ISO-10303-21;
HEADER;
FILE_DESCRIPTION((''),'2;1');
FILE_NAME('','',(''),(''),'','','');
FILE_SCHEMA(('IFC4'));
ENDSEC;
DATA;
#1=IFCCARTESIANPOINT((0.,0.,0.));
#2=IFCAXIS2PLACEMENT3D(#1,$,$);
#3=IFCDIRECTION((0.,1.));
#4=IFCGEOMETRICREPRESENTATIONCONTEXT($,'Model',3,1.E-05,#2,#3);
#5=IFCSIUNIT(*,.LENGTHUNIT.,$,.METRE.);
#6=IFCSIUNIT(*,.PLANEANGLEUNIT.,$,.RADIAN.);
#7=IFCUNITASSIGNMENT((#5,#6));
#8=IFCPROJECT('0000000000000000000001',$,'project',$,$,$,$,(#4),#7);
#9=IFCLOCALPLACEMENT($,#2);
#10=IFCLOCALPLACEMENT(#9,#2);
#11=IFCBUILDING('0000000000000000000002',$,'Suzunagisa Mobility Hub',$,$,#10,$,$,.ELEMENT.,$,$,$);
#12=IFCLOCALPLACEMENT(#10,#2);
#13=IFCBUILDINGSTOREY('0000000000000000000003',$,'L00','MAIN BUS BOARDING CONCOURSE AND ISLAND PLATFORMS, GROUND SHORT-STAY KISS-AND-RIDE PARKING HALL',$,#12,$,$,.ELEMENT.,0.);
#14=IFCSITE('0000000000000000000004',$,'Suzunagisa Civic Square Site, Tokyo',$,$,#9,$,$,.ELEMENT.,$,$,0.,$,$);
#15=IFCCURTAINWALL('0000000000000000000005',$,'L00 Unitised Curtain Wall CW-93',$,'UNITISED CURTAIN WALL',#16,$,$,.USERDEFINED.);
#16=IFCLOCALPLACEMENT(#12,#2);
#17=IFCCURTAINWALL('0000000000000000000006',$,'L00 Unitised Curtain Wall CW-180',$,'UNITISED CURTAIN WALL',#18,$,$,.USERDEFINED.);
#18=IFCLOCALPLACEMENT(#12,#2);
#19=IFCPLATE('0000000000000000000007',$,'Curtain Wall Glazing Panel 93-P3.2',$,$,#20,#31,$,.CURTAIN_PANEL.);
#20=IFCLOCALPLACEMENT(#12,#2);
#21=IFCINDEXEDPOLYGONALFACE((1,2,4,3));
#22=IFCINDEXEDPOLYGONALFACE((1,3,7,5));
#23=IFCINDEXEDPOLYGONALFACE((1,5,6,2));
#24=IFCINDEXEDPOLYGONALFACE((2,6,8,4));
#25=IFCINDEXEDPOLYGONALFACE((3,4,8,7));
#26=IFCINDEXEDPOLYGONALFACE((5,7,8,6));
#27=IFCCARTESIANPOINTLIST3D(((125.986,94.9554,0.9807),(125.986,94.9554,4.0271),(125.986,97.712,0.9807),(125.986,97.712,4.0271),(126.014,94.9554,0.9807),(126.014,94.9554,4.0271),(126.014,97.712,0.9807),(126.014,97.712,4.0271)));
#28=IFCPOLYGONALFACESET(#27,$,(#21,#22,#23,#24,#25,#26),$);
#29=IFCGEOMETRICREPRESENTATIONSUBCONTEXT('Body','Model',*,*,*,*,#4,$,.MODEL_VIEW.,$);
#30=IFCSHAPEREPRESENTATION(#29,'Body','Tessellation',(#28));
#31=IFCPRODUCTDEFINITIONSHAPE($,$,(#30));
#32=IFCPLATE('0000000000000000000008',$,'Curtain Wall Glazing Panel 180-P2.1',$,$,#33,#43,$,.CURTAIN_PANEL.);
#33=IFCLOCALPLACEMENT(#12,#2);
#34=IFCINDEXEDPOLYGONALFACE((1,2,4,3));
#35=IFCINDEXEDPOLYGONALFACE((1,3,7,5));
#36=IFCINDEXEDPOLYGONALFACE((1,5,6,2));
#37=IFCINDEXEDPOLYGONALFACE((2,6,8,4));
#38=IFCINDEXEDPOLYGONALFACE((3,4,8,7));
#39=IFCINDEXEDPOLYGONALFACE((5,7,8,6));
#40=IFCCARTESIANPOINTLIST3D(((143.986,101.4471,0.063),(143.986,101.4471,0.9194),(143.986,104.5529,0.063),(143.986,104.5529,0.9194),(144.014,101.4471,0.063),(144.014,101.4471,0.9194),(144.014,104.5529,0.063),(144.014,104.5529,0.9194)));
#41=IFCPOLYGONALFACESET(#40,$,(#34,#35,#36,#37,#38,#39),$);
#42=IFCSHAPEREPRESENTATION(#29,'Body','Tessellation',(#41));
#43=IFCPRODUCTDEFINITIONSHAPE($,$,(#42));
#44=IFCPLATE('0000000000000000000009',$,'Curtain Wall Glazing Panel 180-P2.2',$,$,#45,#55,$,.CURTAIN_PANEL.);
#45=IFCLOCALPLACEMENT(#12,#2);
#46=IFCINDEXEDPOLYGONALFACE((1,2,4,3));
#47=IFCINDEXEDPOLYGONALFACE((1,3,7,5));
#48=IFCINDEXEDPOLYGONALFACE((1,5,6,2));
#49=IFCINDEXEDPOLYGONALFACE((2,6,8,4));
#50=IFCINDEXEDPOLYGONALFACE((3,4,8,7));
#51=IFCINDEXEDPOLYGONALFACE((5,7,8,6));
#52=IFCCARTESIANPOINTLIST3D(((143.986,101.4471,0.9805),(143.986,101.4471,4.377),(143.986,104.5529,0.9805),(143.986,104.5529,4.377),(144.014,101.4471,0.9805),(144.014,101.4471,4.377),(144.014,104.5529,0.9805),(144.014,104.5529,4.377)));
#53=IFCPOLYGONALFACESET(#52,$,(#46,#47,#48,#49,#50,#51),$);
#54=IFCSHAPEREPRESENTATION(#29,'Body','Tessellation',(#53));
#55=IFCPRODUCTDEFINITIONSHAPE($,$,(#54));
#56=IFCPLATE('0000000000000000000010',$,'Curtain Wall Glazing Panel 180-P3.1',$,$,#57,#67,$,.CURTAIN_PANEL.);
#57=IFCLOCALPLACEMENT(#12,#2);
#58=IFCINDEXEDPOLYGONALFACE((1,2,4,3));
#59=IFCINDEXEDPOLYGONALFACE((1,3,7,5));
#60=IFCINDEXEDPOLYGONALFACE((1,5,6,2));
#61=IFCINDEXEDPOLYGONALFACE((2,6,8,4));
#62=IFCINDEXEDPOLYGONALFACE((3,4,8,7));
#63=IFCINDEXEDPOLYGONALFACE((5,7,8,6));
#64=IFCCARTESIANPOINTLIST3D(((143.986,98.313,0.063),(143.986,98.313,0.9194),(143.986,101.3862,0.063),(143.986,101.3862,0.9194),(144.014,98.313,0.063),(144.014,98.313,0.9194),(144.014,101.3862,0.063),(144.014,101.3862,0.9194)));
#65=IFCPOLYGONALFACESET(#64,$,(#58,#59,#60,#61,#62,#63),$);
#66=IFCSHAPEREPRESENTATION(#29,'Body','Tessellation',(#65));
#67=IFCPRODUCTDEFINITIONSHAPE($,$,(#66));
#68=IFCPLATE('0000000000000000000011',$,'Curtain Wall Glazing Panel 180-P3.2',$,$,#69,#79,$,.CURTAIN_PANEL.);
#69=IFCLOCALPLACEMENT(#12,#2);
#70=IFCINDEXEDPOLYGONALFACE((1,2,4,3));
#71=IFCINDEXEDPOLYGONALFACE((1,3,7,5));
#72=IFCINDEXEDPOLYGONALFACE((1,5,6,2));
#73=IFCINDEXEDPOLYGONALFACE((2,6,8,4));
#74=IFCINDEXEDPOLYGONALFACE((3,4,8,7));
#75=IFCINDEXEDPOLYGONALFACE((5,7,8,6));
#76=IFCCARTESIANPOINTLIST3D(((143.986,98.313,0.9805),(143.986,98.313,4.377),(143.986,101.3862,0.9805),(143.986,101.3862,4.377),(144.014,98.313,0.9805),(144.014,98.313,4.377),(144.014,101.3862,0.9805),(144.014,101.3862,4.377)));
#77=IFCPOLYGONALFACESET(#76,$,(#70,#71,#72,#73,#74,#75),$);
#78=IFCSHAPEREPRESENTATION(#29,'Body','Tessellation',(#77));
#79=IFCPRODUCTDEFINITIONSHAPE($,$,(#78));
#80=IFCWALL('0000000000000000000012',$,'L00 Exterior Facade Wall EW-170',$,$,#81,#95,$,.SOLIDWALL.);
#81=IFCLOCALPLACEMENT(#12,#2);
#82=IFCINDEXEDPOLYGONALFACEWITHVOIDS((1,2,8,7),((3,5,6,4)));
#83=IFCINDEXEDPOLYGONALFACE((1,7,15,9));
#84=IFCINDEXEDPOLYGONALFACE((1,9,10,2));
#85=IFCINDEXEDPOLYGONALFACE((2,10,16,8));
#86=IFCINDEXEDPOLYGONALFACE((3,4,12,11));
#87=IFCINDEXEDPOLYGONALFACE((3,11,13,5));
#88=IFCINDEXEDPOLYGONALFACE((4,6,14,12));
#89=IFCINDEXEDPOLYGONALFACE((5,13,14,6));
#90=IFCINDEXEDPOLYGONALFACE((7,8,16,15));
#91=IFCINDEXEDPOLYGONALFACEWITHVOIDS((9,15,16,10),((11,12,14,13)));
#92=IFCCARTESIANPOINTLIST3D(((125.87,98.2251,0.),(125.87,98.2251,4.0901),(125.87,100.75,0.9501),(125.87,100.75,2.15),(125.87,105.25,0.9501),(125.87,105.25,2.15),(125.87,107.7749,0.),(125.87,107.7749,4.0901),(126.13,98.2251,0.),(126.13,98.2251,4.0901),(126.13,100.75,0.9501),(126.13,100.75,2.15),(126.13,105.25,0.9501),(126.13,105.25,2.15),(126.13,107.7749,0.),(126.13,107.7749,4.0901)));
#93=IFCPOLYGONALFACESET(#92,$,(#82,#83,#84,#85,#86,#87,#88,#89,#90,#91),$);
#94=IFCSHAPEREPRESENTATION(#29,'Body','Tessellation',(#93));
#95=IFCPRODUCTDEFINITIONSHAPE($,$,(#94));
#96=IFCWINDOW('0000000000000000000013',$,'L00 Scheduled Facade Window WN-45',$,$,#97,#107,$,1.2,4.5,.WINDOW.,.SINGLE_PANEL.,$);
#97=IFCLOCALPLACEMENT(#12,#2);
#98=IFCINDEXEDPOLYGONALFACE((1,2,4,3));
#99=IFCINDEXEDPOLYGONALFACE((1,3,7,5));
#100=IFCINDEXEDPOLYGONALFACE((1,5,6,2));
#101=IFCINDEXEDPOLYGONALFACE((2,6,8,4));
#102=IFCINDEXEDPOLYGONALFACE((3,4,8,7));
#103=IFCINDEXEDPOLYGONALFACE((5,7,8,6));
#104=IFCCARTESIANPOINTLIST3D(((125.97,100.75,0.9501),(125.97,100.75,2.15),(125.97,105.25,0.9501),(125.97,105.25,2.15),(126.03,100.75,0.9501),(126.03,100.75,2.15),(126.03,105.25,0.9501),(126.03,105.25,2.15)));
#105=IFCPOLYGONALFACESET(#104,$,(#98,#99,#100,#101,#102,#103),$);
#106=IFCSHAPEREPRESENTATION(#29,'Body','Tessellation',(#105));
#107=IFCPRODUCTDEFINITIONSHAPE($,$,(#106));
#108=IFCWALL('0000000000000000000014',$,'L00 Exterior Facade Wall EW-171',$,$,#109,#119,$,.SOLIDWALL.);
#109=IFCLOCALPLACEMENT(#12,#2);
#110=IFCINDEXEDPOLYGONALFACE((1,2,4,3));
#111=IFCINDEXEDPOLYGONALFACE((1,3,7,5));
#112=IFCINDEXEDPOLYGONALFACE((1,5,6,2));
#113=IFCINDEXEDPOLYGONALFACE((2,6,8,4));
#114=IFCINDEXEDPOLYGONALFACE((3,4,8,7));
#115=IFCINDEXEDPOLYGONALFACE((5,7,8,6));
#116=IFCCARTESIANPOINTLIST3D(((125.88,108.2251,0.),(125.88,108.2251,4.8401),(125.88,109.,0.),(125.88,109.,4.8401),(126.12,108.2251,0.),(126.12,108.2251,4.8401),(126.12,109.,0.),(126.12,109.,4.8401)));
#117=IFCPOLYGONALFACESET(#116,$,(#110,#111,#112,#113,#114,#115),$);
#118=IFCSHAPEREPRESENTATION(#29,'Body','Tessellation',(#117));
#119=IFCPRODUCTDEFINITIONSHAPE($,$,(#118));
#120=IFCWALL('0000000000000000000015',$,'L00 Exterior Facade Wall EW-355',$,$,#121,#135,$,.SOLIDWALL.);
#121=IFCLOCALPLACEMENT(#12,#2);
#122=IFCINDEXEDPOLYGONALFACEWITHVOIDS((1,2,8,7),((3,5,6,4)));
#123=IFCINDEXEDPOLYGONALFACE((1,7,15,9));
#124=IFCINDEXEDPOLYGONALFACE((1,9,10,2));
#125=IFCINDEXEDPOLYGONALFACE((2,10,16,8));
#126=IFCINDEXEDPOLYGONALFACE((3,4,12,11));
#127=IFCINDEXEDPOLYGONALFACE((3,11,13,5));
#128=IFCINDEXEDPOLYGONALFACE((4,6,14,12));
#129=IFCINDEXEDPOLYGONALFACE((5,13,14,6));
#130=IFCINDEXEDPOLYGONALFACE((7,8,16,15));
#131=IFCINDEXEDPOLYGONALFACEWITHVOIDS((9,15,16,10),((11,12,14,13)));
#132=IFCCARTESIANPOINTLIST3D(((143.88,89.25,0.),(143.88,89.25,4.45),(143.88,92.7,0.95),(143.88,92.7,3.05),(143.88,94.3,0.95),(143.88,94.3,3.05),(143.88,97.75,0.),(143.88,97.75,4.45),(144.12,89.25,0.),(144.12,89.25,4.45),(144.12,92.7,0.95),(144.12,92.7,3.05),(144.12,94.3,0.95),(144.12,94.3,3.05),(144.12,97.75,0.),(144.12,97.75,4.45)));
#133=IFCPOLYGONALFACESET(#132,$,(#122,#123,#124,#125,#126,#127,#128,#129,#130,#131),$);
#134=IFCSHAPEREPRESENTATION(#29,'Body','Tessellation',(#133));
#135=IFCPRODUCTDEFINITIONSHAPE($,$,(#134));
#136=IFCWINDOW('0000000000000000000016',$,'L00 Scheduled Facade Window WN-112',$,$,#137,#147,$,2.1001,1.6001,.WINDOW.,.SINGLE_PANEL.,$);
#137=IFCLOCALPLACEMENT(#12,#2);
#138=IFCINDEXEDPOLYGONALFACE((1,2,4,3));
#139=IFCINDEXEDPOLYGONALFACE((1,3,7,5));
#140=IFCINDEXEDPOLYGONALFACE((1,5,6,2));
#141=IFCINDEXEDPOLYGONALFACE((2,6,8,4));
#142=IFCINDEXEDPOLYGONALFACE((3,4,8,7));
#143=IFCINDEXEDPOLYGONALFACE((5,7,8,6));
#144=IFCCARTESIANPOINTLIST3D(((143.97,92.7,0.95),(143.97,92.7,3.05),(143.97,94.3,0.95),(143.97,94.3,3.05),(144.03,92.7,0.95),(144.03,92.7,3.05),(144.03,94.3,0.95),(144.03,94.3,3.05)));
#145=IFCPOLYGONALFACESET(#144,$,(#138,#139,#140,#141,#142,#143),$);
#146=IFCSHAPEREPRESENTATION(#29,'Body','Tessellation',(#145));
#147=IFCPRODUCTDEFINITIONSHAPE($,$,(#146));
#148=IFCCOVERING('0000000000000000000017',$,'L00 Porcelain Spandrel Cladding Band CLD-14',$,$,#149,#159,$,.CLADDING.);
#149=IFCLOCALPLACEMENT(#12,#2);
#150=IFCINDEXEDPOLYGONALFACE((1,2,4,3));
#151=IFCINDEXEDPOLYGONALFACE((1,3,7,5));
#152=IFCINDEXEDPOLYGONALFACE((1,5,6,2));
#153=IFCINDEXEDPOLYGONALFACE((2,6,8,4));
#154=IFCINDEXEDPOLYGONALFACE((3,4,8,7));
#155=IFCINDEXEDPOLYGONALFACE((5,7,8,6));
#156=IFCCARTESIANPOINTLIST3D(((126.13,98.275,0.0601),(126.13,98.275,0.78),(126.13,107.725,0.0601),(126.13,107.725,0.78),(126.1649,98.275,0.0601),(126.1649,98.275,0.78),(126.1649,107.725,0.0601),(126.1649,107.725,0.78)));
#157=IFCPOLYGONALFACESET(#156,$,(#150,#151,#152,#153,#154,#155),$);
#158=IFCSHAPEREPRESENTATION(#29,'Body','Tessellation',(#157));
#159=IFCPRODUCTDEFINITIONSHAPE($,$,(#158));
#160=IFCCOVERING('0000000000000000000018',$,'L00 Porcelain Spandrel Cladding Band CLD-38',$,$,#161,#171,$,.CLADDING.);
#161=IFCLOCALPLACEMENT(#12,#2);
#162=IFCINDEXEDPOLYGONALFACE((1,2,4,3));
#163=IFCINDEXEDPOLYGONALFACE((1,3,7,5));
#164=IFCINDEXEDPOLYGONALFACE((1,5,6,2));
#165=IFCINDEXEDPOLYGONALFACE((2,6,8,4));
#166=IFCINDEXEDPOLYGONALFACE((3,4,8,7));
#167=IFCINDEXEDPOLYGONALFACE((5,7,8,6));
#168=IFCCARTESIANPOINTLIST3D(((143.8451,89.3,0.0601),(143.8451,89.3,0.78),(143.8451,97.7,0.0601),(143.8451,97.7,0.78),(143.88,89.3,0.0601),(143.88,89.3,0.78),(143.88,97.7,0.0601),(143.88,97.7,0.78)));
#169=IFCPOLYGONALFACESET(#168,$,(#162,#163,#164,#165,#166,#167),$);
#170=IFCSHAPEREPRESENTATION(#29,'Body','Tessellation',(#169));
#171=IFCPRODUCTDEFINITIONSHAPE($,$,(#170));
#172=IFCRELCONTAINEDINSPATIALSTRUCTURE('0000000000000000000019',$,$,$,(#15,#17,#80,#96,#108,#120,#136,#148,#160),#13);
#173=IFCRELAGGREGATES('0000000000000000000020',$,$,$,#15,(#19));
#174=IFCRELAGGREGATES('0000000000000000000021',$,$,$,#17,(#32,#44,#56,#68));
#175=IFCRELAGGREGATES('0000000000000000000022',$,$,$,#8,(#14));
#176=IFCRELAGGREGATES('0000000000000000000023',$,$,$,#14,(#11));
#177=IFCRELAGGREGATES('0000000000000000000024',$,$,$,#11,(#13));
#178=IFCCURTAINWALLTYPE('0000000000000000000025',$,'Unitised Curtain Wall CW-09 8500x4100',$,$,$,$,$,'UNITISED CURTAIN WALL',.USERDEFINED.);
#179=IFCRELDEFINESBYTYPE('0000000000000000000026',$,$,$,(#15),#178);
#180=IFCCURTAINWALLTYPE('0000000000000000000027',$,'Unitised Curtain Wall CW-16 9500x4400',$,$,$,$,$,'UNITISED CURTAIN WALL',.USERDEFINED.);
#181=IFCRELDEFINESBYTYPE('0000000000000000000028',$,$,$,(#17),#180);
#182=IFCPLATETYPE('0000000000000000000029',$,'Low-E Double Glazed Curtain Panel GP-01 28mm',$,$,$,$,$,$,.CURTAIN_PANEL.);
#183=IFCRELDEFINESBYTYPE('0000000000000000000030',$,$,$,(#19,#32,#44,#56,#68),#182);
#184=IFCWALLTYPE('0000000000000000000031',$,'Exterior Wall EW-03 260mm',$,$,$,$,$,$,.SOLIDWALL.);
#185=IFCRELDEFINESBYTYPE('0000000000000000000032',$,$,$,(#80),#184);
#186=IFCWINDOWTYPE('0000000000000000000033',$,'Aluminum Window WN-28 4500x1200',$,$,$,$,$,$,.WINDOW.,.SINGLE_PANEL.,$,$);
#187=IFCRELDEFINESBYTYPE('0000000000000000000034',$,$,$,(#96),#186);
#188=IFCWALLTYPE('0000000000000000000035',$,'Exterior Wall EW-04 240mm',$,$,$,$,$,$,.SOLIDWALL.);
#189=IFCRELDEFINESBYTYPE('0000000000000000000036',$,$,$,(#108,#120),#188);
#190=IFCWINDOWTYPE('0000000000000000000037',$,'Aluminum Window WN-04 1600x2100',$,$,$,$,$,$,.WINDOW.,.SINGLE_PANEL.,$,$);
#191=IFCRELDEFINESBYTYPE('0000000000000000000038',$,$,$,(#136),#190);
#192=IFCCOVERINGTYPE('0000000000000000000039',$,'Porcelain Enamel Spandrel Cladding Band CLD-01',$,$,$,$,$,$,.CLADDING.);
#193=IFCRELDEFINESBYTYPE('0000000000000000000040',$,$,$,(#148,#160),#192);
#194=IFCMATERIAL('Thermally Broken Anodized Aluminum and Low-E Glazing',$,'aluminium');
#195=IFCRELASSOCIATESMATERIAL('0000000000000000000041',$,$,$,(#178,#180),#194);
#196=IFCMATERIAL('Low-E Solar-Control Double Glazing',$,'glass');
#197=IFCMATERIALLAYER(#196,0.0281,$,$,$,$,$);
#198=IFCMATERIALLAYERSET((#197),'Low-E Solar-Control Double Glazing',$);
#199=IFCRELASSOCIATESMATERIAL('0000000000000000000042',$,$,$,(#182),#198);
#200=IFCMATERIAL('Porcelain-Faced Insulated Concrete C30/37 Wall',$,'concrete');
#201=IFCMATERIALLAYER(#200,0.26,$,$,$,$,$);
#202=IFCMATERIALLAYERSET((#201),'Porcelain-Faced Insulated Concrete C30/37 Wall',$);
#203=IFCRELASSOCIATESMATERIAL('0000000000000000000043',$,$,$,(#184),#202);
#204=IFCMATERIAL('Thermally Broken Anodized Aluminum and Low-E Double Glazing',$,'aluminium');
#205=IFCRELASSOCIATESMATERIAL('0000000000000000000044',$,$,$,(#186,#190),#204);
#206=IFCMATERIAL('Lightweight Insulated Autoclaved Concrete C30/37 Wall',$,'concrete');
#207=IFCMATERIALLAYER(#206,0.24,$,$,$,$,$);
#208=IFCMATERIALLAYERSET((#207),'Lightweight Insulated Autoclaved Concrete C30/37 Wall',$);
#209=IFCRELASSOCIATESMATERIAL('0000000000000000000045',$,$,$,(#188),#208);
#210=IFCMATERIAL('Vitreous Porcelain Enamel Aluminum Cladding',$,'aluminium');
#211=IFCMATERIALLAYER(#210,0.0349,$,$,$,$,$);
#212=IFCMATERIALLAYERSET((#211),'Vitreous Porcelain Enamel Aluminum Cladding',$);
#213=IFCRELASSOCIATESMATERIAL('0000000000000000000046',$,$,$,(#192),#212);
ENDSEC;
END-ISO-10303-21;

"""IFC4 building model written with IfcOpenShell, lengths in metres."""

from ifc_helpers import new_model, si_unit, direction, frame, frame_2d, origin, origin_2d, place, context, subcontext, project, spatial, rectangle, extrude, material, layer, layer_set, type_object, element, fill, aggregate, save


model = new_model("IFC4")

# Units and contexts
model_context = context("Model", 3, precision=1e-05, world=origin(), true_north=direction((0.0, 1.0)))
body_context = subcontext(model_context, "Body", "Model", "MODEL_VIEW")
ifc_project = project(units=[si_unit("LENGTHUNIT", "METRE"), si_unit("PLANEANGLEUNIT", "RADIAN")], contexts=[model_context])

# Site, building, storey
site_placement = place(None, origin())
site = spatial("IfcSite", under=ifc_project, at=site_placement, Name="Suzunagisa Civic Square Site, Tokyo", CompositionType="ELEMENT", RefElevation=0.0)
building_placement = place(site_placement, origin())
building = spatial("IfcBuilding", under=site, at=building_placement, Name="Suzunagisa Mobility Hub", CompositionType="ELEMENT")
storey_placement = place(building_placement, origin())
storey = spatial("IfcBuildingStorey", under=building, at=storey_placement, Name="L00", Description="MAIN BUS BOARDING CONCOURSE AND ISLAND PLATFORMS, GROUND SHORT-STAY KISS-AND-RIDE PARKING HALL", CompositionType="ELEMENT", Elevation=0.0)

# Curtain walls
ifc_material_1 = material(Name="Thermally Broken Anodized Aluminum and Low-E Glazing", Category="aluminium")
curtain_wall_type_1 = type_object("IfcCurtainWallType", Name="Unitised Curtain Wall CW-09 8500x4100", ElementType="UNITISED CURTAIN WALL", PredefinedType="USERDEFINED", material=ifc_material_1)
curtain_wall_1_placement = place(storey_placement, origin())
curtain_wall_1 = element("IfcCurtainWall", 1, at=curtain_wall_1_placement, inside=storey, type_object=curtain_wall_type_1, Name="L00 Unitised Curtain Wall CW-93", ObjectType="UNITISED CURTAIN WALL", PredefinedType="USERDEFINED")
curtain_wall_type_2 = type_object("IfcCurtainWallType", Name="Unitised Curtain Wall CW-16 9500x4400", ElementType="UNITISED CURTAIN WALL", PredefinedType="USERDEFINED", material=ifc_material_1)
curtain_wall_2_placement = place(storey_placement, origin())
curtain_wall_2 = element("IfcCurtainWall", 2, at=curtain_wall_2_placement, inside=storey, type_object=curtain_wall_type_2, Name="L00 Unitised Curtain Wall CW-180", ObjectType="UNITISED CURTAIN WALL", PredefinedType="USERDEFINED")

# Plates
ifc_material_2 = material(Name="Low-E Solar-Control Double Glazing", Category="glass")
ifc_layer_1 = layer(ifc_material_2, 0.0281)
ifc_layer_set_1 = layer_set([ifc_layer_1], Name="Low-E Solar-Control Double Glazing")
plate_type = type_object("IfcPlateType", Name="Low-E Double Glazed Curtain Panel GP-01 28mm", PredefinedType="CURTAIN_PANEL", material=ifc_layer_set_1)
plate_1_placement = place(storey_placement, frame((126.0, 96.3337, 0.9807), z_axis=(0.0, 0.0, 1.0), x_axis=(0.0, 1.0, 0.0)))
plate_1 = element("IfcPlate", 3, at=plate_1_placement, type_object=plate_type, Name="Curtain Wall Glazing Panel 93-P3.2", PredefinedType="CURTAIN_PANEL", context=body_context, shape_type="SweptSolid", body=[
    extrude(rectangle(XDim=2.7566, YDim=0.0281, at=origin_2d()), origin(), (0.0, 0.0, 1.0), 3.0464),
])
aggregate(curtain_wall_1, [plate_1])
plate_2_placement = place(storey_placement, frame((144.0, 103.0, 0.063), z_axis=(0.0, 0.0, 1.0), x_axis=(0.0, -1.0, 0.0)))
plate_2 = element("IfcPlate", 4, at=plate_2_placement, type_object=plate_type, Name="Curtain Wall Glazing Panel 180-P2.1", PredefinedType="CURTAIN_PANEL", context=body_context, shape_type="SweptSolid", body=[
    extrude(rectangle(XDim=3.1057, YDim=0.0281, at=origin_2d()), origin(), (0.0, 0.0, 1.0), 0.8564),
])
plate_3_placement = place(storey_placement, frame((144.0, 103.0, 0.9805), z_axis=(0.0, 0.0, 1.0), x_axis=(0.0, -1.0, 0.0)))
plate_3 = element("IfcPlate", 5, at=plate_3_placement, type_object=plate_type, Name="Curtain Wall Glazing Panel 180-P2.2", PredefinedType="CURTAIN_PANEL", context=body_context, shape_type="SweptSolid", body=[
    extrude(rectangle(XDim=3.1057, YDim=0.0281, at=origin_2d()), origin(), (0.0, 0.0, 1.0), 3.3965),
])
plate_4_placement = place(storey_placement, frame((144.0, 99.8496, 0.063), z_axis=(0.0, 0.0, 1.0), x_axis=(0.0, -1.0, 0.0)))
plate_4 = element("IfcPlate", 6, at=plate_4_placement, type_object=plate_type, Name="Curtain Wall Glazing Panel 180-P3.1", PredefinedType="CURTAIN_PANEL", context=body_context, shape_type="SweptSolid", body=[
    extrude(rectangle(XDim=3.0732, YDim=0.0281, at=origin_2d()), origin(), (0.0, 0.0, 1.0), 0.8564),
])
plate_5_placement = place(storey_placement, frame((144.0, 99.8496, 0.9805), z_axis=(0.0, 0.0, 1.0), x_axis=(0.0, -1.0, 0.0)))
plate_5 = element("IfcPlate", 7, at=plate_5_placement, type_object=plate_type, Name="Curtain Wall Glazing Panel 180-P3.2", PredefinedType="CURTAIN_PANEL", context=body_context, shape_type="SweptSolid", body=[
    extrude(rectangle(XDim=3.0732, YDim=0.0281, at=origin_2d()), origin(), (0.0, 0.0, 1.0), 3.3965),
])
aggregate(curtain_wall_2, [plate_2, plate_3, plate_4, plate_5])

# Wall, opening, window
ifc_material_3 = material(Name="Porcelain-Faced Insulated Concrete C30/37 Wall", Category="concrete")
ifc_layer_2 = layer(ifc_material_3, 0.26)
ifc_layer_set_2 = layer_set([ifc_layer_2], Name="Porcelain-Faced Insulated Concrete C30/37 Wall")
wall_type_1 = type_object("IfcWallType", Name="Exterior Wall EW-03 260mm", PredefinedType="SOLIDWALL", material=ifc_layer_set_2)
wall_1_placement = place(storey_placement, frame((126.0, 98.2251, 0.0), z_axis=(0.0, 0.0, 1.0), x_axis=(0.0, 1.0, 0.0)))
wall_1 = element("IfcWall", 8, at=wall_1_placement, inside=storey, type_object=wall_type_1, Name="L00 Exterior Facade Wall EW-170", PredefinedType="SOLIDWALL", context=body_context, shape_type="SweptSolid", body=[
    extrude(rectangle(XDim=9.5498, YDim=0.26, at=frame_2d((4.7749, 0.0))), origin(), (0.0, 0.0, 1.0), 4.0901),
])
opening_1_placement = place(wall_1_placement, frame((2.5249, 0.0, 0.95)))
opening_1 = element("IfcOpeningElement", 9, at=opening_1_placement, cuts=wall_1, PredefinedType="OPENING", context=body_context, shape_type="SweptSolid", body=[
    extrude(rectangle(XDim=4.5, YDim=1.2, at=frame_2d((2.25, 0.6001))), frame((0.0, 0.1411, 0.0), z_axis=(0.0, -1.0, 0.0), x_axis=(1.0, 0.0, 0.0)), (0.0, 0.0, 1.0), 0.282),
])
ifc_material_4 = material(Name="Thermally Broken Anodized Aluminum and Low-E Double Glazing", Category="aluminium")
window_type_1 = type_object("IfcWindowType", Name="Aluminum Window WN-28 4500x1200", PartitioningType="SINGLE_PANEL", PredefinedType="WINDOW", material=ifc_material_4)
window_1_placement = place(opening_1_placement, origin())
window_1 = element("IfcWindow", 10, at=window_1_placement, inside=storey, type_object=window_type_1, Name="L00 Scheduled Facade Window WN-45", OverallHeight=1.2, OverallWidth=4.5, PartitioningType="SINGLE_PANEL", PredefinedType="WINDOW", context=body_context, shape_type="SweptSolid", body=[
    extrude(rectangle(XDim=4.5, YDim=1.2, at=frame_2d((2.25, 0.6001))), frame((0.0, 0.03, 0.0), z_axis=(0.0, -1.0, 0.0), x_axis=(1.0, 0.0, 0.0)), (0.0, 0.0, 1.0), 0.0601),
])
fill(opening_1, window_1)

# Wall
ifc_material_5 = material(Name="Lightweight Insulated Autoclaved Concrete C30/37 Wall", Category="concrete")
ifc_layer_3 = layer(ifc_material_5, 0.24)
ifc_layer_set_3 = layer_set([ifc_layer_3], Name="Lightweight Insulated Autoclaved Concrete C30/37 Wall")
wall_type_2 = type_object("IfcWallType", Name="Exterior Wall EW-04 240mm", PredefinedType="SOLIDWALL", material=ifc_layer_set_3)
wall_2_placement = place(storey_placement, frame((126.0, 108.2251, 0.0), z_axis=(0.0, 0.0, 1.0), x_axis=(0.0, 1.0, 0.0)))
element("IfcWall", 11, at=wall_2_placement, inside=storey, type_object=wall_type_2, Name="L00 Exterior Facade Wall EW-171", PredefinedType="SOLIDWALL", context=body_context, shape_type="SweptSolid", body=[
    extrude(rectangle(XDim=0.7749, YDim=0.24, at=frame_2d((0.3875, 0.0))), origin(), (0.0, 0.0, 1.0), 4.8401),
])

# Wall, opening, window
wall_3_placement = place(storey_placement, frame((144.0, 97.75, 0.0), z_axis=(0.0, 0.0, 1.0), x_axis=(0.0, -1.0, 0.0)))
wall_3 = element("IfcWall", 12, at=wall_3_placement, inside=storey, type_object=wall_type_2, Name="L00 Exterior Facade Wall EW-355", PredefinedType="SOLIDWALL", context=body_context, shape_type="SweptSolid", body=[
    extrude(rectangle(XDim=8.5, YDim=0.24, at=frame_2d((4.25, 0.0))), origin(), (0.0, 0.0, 1.0), 4.45),
])
opening_2_placement = place(wall_3_placement, frame((3.45, 0.0, 0.95)))
opening_2 = element("IfcOpeningElement", 13, at=opening_2_placement, cuts=wall_3, PredefinedType="OPENING", context=body_context, shape_type="SweptSolid", body=[
    extrude(rectangle(XDim=1.6001, YDim=2.1001, at=frame_2d((0.8, 1.05))), frame((0.0, 0.1309, 0.0), z_axis=(0.0, -1.0, 0.0), x_axis=(1.0, 0.0, 0.0)), (0.0, 0.0, 1.0), 0.262),
])
window_type_2 = type_object("IfcWindowType", Name="Aluminum Window WN-04 1600x2100", PartitioningType="SINGLE_PANEL", PredefinedType="WINDOW", material=ifc_material_4)
window_2_placement = place(opening_2_placement, origin())
window_2 = element("IfcWindow", 14, at=window_2_placement, inside=storey, type_object=window_type_2, Name="L00 Scheduled Facade Window WN-112", OverallHeight=2.1001, OverallWidth=1.6001, PartitioningType="SINGLE_PANEL", PredefinedType="WINDOW", context=body_context, shape_type="SweptSolid", body=[
    extrude(rectangle(XDim=1.6001, YDim=2.1001, at=frame_2d((0.8, 1.05))), frame((0.0, 0.03, 0.0), z_axis=(0.0, -1.0, 0.0), x_axis=(1.0, 0.0, 0.0)), (0.0, 0.0, 1.0), 0.0601),
])
fill(opening_2, window_2)

# Coverings
ifc_material_6 = material(Name="Vitreous Porcelain Enamel Aluminum Cladding", Category="aluminium")
ifc_layer_4 = layer(ifc_material_6, 0.0349)
ifc_layer_set_4 = layer_set([ifc_layer_4], Name="Vitreous Porcelain Enamel Aluminum Cladding")
covering_type = type_object("IfcCoveringType", Name="Porcelain Enamel Spandrel Cladding Band CLD-01", PredefinedType="CLADDING", material=ifc_layer_set_4)
covering_1_placement = place(storey_placement, frame((126.1475, 103.0, 0.0601), z_axis=(0.0, 0.0, 1.0), x_axis=(0.0, 1.0, 0.0)))
element("IfcCovering", 15, at=covering_1_placement, inside=storey, type_object=covering_type, Name="L00 Porcelain Spandrel Cladding Band CLD-14", PredefinedType="CLADDING", context=body_context, shape_type="SweptSolid", body=[
    extrude(rectangle(XDim=9.45, YDim=0.0349, at=origin_2d()), origin(), (0.0, 0.0, 1.0), 0.72),
])
covering_2_placement = place(storey_placement, frame((143.8625, 93.5, 0.0601), z_axis=(0.0, 0.0, 1.0), x_axis=(0.0, -1.0, 0.0)))
element("IfcCovering", 16, at=covering_2_placement, inside=storey, type_object=covering_type, Name="L00 Porcelain Spandrel Cladding Band CLD-38", PredefinedType="CLADDING", context=body_context, shape_type="SweptSolid", body=[
    extrude(rectangle(XDim=8.3999, YDim=0.0349, at=origin_2d()), origin(), (0.0, 0.0, 1.0), 0.72),
])

save(model, "model.ifc")
